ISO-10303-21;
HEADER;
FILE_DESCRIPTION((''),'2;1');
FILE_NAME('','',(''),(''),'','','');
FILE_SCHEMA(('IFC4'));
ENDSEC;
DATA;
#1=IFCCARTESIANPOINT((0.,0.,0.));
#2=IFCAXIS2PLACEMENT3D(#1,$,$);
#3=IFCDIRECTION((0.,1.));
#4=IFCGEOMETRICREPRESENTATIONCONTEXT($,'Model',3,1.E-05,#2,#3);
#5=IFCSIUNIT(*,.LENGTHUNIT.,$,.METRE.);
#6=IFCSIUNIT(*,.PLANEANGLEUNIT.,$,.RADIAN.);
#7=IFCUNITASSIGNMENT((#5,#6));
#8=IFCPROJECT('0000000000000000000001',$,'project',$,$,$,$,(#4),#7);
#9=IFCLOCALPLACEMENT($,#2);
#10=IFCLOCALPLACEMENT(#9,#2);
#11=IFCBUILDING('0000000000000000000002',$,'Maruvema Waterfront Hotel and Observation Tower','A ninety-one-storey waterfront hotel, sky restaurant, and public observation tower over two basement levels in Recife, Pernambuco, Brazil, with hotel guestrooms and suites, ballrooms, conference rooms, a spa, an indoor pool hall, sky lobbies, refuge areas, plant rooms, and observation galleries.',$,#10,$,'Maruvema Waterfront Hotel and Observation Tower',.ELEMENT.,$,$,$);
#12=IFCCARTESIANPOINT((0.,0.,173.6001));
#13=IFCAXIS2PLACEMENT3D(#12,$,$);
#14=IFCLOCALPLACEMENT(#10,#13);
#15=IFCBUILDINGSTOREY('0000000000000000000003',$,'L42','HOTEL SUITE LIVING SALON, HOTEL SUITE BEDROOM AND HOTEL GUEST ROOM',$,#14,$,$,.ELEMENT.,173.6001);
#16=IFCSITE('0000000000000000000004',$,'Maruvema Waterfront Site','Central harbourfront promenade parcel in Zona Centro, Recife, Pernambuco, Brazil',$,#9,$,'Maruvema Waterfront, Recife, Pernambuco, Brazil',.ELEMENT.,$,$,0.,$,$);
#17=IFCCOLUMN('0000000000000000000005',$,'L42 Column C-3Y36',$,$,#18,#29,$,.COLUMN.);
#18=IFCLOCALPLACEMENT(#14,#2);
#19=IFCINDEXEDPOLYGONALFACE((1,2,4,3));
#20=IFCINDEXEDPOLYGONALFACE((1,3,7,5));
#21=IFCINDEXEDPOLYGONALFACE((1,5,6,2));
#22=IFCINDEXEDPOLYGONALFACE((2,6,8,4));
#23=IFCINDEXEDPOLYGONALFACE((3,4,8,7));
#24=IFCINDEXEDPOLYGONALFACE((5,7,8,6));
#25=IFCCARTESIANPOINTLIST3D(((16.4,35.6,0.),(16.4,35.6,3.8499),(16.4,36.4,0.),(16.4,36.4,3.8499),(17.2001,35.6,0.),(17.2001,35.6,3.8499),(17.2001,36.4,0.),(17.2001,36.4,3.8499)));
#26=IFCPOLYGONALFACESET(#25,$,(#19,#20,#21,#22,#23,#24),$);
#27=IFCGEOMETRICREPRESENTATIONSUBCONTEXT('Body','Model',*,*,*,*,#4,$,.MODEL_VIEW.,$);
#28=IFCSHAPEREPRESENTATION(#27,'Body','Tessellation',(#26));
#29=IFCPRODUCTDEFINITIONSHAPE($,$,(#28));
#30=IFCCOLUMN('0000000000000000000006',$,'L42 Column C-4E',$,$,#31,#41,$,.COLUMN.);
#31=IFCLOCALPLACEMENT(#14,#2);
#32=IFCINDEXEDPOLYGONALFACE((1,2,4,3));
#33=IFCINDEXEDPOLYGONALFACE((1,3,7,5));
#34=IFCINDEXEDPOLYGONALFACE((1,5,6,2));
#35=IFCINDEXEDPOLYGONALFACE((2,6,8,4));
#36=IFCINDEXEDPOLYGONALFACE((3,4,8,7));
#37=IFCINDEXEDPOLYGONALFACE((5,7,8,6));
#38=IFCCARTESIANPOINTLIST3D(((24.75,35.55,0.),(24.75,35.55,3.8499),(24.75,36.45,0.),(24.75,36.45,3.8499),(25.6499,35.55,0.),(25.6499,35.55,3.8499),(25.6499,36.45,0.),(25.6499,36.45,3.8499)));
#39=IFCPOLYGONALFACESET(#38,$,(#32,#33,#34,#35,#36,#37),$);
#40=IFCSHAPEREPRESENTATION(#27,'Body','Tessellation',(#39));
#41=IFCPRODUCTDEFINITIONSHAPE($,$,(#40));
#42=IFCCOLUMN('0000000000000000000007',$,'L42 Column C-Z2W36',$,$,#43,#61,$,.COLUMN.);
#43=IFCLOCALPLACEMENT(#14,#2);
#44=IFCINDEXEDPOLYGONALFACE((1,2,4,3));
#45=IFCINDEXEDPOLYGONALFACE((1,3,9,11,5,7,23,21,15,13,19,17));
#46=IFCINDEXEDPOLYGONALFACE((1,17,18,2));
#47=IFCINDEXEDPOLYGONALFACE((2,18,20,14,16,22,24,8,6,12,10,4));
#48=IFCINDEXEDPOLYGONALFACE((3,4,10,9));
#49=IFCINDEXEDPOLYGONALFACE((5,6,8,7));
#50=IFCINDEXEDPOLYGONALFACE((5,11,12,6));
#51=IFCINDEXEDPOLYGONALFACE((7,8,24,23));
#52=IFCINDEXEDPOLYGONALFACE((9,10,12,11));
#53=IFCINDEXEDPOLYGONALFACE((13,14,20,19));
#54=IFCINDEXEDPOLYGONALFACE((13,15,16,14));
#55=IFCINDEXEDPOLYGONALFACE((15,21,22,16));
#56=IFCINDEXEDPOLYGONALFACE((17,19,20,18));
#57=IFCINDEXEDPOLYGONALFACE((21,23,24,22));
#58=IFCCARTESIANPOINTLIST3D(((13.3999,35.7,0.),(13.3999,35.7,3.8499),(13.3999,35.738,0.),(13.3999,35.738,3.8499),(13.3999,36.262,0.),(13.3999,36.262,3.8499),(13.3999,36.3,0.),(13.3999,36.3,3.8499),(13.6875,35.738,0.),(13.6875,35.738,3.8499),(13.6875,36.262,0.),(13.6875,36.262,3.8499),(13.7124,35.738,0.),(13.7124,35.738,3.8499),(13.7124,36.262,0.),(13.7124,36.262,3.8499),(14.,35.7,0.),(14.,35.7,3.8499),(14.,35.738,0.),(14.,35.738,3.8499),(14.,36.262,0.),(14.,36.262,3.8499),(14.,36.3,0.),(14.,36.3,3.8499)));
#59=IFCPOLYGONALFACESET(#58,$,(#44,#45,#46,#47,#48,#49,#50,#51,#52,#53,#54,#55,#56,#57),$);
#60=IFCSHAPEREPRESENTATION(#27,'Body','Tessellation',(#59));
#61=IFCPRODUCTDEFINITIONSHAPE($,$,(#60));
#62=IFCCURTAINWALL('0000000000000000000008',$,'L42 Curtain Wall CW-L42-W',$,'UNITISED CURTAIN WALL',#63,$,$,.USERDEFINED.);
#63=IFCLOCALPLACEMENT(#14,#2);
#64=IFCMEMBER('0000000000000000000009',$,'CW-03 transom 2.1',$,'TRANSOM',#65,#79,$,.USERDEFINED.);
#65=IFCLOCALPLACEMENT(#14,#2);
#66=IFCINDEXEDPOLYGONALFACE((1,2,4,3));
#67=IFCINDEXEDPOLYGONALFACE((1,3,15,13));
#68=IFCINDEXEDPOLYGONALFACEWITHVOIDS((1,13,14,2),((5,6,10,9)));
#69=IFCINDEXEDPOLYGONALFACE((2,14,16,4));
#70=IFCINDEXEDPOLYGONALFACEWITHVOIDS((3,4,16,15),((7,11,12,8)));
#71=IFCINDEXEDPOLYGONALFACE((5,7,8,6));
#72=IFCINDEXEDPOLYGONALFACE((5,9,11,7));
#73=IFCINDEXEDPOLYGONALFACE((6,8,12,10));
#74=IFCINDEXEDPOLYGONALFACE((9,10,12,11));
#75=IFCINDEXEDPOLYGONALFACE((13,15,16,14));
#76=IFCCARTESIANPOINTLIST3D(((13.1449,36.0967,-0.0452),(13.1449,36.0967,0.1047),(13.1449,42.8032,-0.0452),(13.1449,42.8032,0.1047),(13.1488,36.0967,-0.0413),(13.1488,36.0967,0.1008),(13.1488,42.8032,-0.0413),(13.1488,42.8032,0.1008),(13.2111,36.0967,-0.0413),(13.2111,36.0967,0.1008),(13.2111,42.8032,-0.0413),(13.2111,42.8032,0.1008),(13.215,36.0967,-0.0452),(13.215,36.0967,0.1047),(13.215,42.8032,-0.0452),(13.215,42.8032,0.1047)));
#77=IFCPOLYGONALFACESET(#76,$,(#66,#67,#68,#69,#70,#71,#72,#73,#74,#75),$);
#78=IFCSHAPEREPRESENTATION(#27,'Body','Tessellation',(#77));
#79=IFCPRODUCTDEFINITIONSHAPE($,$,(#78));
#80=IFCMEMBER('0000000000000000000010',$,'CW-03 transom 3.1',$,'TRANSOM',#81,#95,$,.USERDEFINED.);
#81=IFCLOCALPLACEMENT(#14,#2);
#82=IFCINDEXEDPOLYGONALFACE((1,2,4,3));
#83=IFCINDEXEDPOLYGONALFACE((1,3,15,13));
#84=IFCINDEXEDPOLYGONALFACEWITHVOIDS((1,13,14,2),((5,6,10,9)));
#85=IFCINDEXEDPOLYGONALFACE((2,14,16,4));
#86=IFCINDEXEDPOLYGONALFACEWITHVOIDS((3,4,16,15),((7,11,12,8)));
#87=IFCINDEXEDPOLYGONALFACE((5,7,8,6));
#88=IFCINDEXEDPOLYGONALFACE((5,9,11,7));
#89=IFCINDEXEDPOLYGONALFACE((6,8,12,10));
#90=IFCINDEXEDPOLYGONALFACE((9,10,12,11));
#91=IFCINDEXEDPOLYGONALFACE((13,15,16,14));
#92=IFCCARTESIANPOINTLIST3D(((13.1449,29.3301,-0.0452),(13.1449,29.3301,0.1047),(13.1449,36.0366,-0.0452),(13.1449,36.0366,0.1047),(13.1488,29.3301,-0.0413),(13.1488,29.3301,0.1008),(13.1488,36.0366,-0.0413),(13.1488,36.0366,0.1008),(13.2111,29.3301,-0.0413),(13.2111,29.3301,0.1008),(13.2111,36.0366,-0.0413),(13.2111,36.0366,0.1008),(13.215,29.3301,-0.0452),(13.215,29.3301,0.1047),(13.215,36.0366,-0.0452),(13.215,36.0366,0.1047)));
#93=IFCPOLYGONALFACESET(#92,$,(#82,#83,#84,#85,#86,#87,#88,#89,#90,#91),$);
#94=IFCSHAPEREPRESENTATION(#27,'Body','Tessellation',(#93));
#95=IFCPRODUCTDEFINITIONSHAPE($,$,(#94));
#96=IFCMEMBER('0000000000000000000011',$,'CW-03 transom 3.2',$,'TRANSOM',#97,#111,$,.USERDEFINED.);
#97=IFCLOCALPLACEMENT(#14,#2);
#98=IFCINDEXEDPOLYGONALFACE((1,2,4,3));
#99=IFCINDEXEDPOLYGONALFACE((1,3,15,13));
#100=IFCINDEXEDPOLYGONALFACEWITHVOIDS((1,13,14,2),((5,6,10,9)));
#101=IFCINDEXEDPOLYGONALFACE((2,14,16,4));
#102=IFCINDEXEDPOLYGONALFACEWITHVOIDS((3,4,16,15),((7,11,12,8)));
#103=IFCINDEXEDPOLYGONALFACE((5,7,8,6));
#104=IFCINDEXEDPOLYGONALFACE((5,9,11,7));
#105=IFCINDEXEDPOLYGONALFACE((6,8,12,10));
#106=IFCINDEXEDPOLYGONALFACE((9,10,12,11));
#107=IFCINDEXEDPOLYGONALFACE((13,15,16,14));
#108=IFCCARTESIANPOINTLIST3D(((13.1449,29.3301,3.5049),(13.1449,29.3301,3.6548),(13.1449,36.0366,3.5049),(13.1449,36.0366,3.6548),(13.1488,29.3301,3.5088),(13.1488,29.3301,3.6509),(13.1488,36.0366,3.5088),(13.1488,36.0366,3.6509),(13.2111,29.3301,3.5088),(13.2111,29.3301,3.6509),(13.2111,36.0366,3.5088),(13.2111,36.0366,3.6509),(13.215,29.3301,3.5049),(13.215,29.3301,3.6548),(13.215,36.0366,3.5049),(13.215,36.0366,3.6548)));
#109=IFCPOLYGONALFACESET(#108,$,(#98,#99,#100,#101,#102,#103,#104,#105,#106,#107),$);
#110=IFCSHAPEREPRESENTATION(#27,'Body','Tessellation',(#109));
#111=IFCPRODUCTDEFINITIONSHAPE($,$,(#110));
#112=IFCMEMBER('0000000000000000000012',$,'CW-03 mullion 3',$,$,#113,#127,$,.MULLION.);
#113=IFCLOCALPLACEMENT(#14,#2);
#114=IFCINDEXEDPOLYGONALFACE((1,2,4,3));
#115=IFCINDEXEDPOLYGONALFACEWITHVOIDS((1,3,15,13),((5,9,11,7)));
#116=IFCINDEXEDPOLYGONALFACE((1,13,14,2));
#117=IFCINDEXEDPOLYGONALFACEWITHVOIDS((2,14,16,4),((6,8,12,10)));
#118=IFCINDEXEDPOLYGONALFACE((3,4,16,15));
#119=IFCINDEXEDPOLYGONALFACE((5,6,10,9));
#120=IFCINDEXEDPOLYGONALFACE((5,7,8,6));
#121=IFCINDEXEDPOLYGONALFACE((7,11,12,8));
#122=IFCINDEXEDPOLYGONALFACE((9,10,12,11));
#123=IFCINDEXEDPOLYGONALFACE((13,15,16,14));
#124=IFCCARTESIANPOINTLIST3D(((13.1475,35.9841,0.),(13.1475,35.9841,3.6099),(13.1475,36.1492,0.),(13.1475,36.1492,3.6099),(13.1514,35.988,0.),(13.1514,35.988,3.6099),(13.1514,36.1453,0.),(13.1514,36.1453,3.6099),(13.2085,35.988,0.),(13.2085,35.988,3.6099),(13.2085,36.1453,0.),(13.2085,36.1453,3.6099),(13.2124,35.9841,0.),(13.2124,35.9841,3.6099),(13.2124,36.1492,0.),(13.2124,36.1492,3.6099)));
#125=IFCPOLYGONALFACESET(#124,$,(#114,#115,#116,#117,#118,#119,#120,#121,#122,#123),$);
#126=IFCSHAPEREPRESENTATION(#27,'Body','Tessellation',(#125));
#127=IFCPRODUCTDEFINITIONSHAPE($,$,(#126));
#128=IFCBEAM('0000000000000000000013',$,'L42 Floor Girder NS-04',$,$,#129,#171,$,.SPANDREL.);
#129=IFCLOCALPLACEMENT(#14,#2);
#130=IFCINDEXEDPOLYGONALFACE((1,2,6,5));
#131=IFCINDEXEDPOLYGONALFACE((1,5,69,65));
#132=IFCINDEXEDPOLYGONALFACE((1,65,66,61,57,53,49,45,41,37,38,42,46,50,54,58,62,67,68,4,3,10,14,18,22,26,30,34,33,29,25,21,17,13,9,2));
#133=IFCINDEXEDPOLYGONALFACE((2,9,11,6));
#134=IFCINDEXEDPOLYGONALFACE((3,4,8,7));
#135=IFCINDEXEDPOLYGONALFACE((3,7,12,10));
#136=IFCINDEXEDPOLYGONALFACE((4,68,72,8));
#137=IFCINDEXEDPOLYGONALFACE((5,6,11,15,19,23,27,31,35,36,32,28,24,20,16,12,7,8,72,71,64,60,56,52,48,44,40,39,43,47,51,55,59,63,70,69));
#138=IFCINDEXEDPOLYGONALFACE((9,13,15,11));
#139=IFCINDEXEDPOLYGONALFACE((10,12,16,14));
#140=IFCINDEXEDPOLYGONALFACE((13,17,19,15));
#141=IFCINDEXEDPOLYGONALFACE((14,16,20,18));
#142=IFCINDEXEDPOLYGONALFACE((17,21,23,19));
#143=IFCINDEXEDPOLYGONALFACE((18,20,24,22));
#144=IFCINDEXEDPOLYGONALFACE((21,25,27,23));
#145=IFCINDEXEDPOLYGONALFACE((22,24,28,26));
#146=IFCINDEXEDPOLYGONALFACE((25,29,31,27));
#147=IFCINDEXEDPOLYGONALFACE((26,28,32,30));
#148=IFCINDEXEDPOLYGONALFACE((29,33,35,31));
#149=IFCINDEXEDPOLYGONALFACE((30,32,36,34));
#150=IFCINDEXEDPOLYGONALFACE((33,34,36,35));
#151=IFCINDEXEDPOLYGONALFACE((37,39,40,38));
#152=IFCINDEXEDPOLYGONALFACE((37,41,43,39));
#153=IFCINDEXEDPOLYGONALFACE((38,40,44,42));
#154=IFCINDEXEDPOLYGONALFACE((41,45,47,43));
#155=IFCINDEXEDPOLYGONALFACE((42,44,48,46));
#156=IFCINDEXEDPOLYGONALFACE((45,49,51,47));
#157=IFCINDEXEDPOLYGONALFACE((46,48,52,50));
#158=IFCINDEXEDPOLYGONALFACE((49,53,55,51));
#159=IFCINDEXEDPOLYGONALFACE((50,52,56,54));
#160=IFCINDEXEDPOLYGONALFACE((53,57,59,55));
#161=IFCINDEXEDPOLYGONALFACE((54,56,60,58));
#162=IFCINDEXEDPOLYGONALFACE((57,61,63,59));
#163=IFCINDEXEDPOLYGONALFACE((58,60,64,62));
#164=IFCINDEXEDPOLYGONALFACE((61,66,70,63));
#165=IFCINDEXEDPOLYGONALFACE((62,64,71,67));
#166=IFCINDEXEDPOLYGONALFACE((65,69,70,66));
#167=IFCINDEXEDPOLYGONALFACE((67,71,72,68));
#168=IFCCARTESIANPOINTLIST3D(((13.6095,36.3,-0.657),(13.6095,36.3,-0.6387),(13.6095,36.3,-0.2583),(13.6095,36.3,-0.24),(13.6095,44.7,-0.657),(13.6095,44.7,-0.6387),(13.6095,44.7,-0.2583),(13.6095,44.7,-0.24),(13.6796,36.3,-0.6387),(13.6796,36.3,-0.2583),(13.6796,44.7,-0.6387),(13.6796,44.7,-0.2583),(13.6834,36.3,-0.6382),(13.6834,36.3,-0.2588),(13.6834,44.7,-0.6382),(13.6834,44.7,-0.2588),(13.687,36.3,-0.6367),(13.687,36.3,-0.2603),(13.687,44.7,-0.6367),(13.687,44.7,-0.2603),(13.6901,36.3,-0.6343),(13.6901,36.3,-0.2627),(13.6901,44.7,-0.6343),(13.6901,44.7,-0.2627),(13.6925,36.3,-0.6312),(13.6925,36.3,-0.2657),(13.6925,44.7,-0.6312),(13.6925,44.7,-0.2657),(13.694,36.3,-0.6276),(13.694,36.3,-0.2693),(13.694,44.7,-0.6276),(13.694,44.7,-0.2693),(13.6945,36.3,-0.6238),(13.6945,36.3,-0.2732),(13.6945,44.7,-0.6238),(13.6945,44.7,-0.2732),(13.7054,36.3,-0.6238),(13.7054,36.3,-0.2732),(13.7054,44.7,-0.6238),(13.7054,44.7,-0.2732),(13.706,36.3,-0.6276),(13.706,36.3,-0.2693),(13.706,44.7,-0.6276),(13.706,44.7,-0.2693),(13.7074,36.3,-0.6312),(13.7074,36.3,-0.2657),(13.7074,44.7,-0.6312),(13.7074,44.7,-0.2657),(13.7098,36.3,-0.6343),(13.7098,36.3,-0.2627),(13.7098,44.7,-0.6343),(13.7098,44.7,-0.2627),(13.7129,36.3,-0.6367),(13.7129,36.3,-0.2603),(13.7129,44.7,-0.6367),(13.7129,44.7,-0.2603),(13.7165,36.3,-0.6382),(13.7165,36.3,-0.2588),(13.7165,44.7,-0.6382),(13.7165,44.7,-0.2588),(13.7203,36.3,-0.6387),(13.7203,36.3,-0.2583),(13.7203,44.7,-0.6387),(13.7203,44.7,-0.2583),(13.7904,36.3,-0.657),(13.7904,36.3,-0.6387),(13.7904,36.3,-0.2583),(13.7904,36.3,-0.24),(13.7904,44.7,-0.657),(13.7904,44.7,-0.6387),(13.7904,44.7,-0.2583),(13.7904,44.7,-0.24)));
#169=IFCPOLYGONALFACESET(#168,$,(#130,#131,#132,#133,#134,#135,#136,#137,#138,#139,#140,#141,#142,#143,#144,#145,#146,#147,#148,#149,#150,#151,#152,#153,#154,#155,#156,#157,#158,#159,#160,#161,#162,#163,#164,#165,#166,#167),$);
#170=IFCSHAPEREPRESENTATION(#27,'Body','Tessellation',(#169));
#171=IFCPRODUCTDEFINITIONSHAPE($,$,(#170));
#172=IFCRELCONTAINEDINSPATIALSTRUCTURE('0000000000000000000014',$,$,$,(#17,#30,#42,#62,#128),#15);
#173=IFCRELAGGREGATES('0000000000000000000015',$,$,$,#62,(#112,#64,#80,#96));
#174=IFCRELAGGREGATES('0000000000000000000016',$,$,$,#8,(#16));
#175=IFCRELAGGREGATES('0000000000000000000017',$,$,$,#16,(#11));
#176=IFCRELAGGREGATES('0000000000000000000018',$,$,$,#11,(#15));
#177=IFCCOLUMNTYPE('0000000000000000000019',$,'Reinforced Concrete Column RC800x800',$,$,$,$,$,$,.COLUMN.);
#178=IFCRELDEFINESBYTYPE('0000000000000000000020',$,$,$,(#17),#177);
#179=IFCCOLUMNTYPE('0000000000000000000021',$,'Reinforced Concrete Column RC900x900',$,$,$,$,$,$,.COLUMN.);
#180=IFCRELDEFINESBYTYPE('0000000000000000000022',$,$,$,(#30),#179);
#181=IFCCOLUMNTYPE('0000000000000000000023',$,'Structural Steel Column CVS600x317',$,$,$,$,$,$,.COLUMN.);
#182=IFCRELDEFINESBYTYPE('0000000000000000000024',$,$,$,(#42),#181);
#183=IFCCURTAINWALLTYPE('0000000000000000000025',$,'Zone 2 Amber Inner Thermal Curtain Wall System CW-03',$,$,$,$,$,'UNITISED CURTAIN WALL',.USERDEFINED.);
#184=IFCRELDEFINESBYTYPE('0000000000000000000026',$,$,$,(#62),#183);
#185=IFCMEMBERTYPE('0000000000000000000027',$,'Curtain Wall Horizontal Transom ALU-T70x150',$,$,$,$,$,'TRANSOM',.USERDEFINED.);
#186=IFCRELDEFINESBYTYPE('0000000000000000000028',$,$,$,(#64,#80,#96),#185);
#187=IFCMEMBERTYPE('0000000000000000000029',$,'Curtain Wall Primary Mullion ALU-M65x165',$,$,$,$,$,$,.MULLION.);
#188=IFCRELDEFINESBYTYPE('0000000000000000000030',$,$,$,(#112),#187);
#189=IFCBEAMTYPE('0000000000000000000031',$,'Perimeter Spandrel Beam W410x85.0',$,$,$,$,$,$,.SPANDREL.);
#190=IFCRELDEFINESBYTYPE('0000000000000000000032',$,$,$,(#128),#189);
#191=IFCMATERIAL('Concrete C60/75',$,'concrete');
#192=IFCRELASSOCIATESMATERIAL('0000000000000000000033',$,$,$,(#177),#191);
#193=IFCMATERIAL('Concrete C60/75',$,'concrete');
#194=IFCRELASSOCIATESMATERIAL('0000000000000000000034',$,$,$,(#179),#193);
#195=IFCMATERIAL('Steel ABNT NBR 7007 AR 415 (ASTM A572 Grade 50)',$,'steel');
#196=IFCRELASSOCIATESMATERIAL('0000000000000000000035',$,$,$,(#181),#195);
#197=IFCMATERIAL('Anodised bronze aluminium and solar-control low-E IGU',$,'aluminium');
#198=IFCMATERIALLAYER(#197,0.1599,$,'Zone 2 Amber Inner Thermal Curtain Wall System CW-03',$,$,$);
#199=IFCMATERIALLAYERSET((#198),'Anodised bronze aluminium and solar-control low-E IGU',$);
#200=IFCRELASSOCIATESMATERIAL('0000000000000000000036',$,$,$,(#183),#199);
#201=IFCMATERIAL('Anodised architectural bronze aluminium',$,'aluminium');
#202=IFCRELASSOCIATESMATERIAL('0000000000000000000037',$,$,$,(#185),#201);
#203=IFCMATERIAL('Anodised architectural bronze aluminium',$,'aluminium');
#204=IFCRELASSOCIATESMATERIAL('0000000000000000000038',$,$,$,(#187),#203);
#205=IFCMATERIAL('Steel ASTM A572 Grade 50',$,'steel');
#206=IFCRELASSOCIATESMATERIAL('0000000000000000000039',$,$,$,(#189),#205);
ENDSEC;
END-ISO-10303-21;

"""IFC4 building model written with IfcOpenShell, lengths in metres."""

from ifc_helpers import new_model, si_unit, direction, frame, origin, origin_2d, place, context, subcontext, project, spatial, rectangle, hollow_rectangle, i_section, extrude, material, layer, layer_set, material_profile, profile_set, type_object, element, aggregate, save


model = new_model("IFC4")

# Units and contexts
model_context = context("Model", 3, precision=1e-05, world=origin(), true_north=direction((0.0, 1.0)))
body_context = subcontext(model_context, "Body", "Model", "MODEL_VIEW")
ifc_project = project(units=[si_unit("LENGTHUNIT", "METRE"), si_unit("PLANEANGLEUNIT", "RADIAN")], contexts=[model_context])

# Site, building, storey
site_placement = place(None, origin())
site = spatial("IfcSite", under=ifc_project, at=site_placement, Name="Maruvema Waterfront Site", Description="Central harbourfront promenade parcel in Zona Centro, Recife, Pernambuco, Brazil", LongName="Maruvema Waterfront, Recife, Pernambuco, Brazil", CompositionType="ELEMENT", RefElevation=0.0)
building_placement = place(site_placement, origin())
building = spatial("IfcBuilding", under=site, at=building_placement, Name="Maruvema Waterfront Hotel and Observation Tower", Description="A ninety-one-storey waterfront hotel, sky restaurant, and public observation tower over two basement levels in Recife, Pernambuco, Brazil, with hotel guestrooms and suites, ballrooms, conference rooms, a spa, an indoor pool hall, sky lobbies, refuge areas, plant rooms, and observation galleries.", LongName="Maruvema Waterfront Hotel and Observation Tower", CompositionType="ELEMENT")
storey_placement = place(building_placement, frame((0.0, 0.0, 173.6001)))
storey = spatial("IfcBuildingStorey", under=building, at=storey_placement, Name="L42", Description="HOTEL SUITE LIVING SALON, HOTEL SUITE BEDROOM AND HOTEL GUEST ROOM", CompositionType="ELEMENT", Elevation=173.6001)

# Columns
ifc_material_1 = material(Name="Concrete C60/75", Category="concrete")
ifc_material_profile_1 = material_profile(ifc_material_1, rectangle(XDim=0.8, YDim=0.8, at=origin_2d()), Name="RC800x800")
ifc_profile_set_1 = profile_set([ifc_material_profile_1], Name="Concrete C60/75")
column_type_1 = type_object("IfcColumnType", Name="Reinforced Concrete Column RC800x800", PredefinedType="COLUMN", material=ifc_profile_set_1)
column_1_placement = place(storey_placement, frame((16.8, 36.0, 0.0), z_axis=(0.0, 0.0, 1.0), x_axis=(1.0, 0.0, 0.0)))
element("IfcColumn", 1, at=column_1_placement, inside=storey, type_object=column_type_1, Name="L42 Column C-3Y36", PredefinedType="COLUMN", context=body_context, shape_type="SweptSolid", body=[
    extrude(rectangle(XDim=0.8, YDim=0.8, at=origin_2d()), origin(), (0.0, 0.0, 1.0), 3.8499),
])
ifc_material_2 = material(Name="Concrete C60/75", Category="concrete")
ifc_material_profile_2 = material_profile(ifc_material_2, rectangle(XDim=0.8999, YDim=0.8999, at=origin_2d()), Name="RC900x900")
ifc_profile_set_2 = profile_set([ifc_material_profile_2], Name="Concrete C60/75")
column_type_2 = type_object("IfcColumnType", Name="Reinforced Concrete Column RC900x900", PredefinedType="COLUMN", material=ifc_profile_set_2)
column_2_placement = place(storey_placement, frame((25.2, 36.0, 0.0), z_axis=(0.0, 0.0, 1.0), x_axis=(1.0, 0.0, 0.0)))
element("IfcColumn", 2, at=column_2_placement, inside=storey, type_object=column_type_2, Name="L42 Column C-4E", PredefinedType="COLUMN", context=body_context, shape_type="SweptSolid", body=[
    extrude(rectangle(XDim=0.8999, YDim=0.8999, at=origin_2d()), origin(), (0.0, 0.0, 1.0), 3.8499),
])
ifc_material_3 = material(Name="Steel ABNT NBR 7007 AR 415 (ASTM A572 Grade 50)", Category="steel")
ifc_material_profile_3 = material_profile(ifc_material_3, i_section(OverallWidth=0.6001, OverallDepth=0.6001, WebThickness=0.0249, FlangeThickness=0.0381, at=origin_2d()), Name="CVS600x317")
ifc_profile_set_3 = profile_set([ifc_material_profile_3], Name="Steel ABNT NBR 7007 AR 415 (ASTM A572 Grade 50)")
column_type_3 = type_object("IfcColumnType", Name="Structural Steel Column CVS600x317", PredefinedType="COLUMN", material=ifc_profile_set_3)
column_3_placement = place(storey_placement, frame((13.7, 36.0, 0.0), z_axis=(0.0, 0.0, 1.0), x_axis=(1.0, 0.0, 0.0)))
element("IfcColumn", 3, at=column_3_placement, inside=storey, type_object=column_type_3, Name="L42 Column C-Z2W36", PredefinedType="COLUMN", context=body_context, shape_type="SweptSolid", body=[
    extrude(i_section(OverallWidth=0.6001, OverallDepth=0.6001, WebThickness=0.0249, FlangeThickness=0.0381, at=origin_2d()), origin(), (0.0, 0.0, 1.0), 3.8499),
])

# Curtain wall, members
ifc_material_4 = material(Name="Anodised bronze aluminium and solar-control low-E IGU", Category="aluminium")
ifc_layer_1 = layer(ifc_material_4, 0.1599, Name="Zone 2 Amber Inner Thermal Curtain Wall System CW-03")
ifc_layer_set_1 = layer_set([ifc_layer_1], Name="Anodised bronze aluminium and solar-control low-E IGU")
curtain_wall_type = type_object("IfcCurtainWallType", Name="Zone 2 Amber Inner Thermal Curtain Wall System CW-03", ElementType="UNITISED CURTAIN WALL", PredefinedType="USERDEFINED", material=ifc_layer_set_1)
curtain_wall_placement = place(storey_placement, origin())
curtain_wall = element("IfcCurtainWall", 4, at=curtain_wall_placement, inside=storey, type_object=curtain_wall_type, Name="L42 Curtain Wall CW-L42-W", ObjectType="UNITISED CURTAIN WALL", PredefinedType="USERDEFINED")
ifc_material_5 = material(Name="Anodised architectural bronze aluminium", Category="aluminium")
ifc_material_profile_4 = material_profile(ifc_material_5, hollow_rectangle(XDim=0.0701, YDim=0.1499, WallThickness=0.0039, at=origin_2d()), Name="ALU-T70x150")
ifc_profile_set_4 = profile_set([ifc_material_profile_4], Name="Anodised architectural bronze aluminium")
member_type_1 = type_object("IfcMemberType", Name="Curtain Wall Horizontal Transom ALU-T70x150", ElementType="TRANSOM", PredefinedType="USERDEFINED", material=ifc_profile_set_4)
member_1_placement = place(storey_placement, frame((13.1799, 42.8032, 0.0298), z_axis=(0.0, -1.0, 0.0), x_axis=(1.0, 0.0, 0.0)))
member_1 = element("IfcMember", 5, at=member_1_placement, type_object=member_type_1, Name="CW-03 transom 2.1", ObjectType="TRANSOM", PredefinedType="USERDEFINED", context=body_context, shape_type="SweptSolid", body=[
    extrude(hollow_rectangle(XDim=0.0701, YDim=0.1499, WallThickness=0.0039, at=origin_2d()), origin(), (0.0, 0.0, 1.0), 6.7065),
])
member_2_placement = place(storey_placement, frame((13.1799, 36.0366, 0.0298), z_axis=(0.0, -1.0, 0.0), x_axis=(1.0, 0.0, 0.0)))
member_2 = element("IfcMember", 6, at=member_2_placement, type_object=member_type_1, Name="CW-03 transom 3.1", ObjectType="TRANSOM", PredefinedType="USERDEFINED", context=body_context, shape_type="SweptSolid", body=[
    extrude(hollow_rectangle(XDim=0.0701, YDim=0.1499, WallThickness=0.0039, at=origin_2d()), origin(), (0.0, 0.0, 1.0), 6.7065),
])
member_3_placement = place(storey_placement, frame((13.1799, 36.0366, 3.5798), z_axis=(0.0, -1.0, 0.0), x_axis=(1.0, 0.0, 0.0)))
member_3 = element("IfcMember", 7, at=member_3_placement, type_object=member_type_1, Name="CW-03 transom 3.2", ObjectType="TRANSOM", PredefinedType="USERDEFINED", context=body_context, shape_type="SweptSolid", body=[
    extrude(hollow_rectangle(XDim=0.0701, YDim=0.1499, WallThickness=0.0039, at=origin_2d()), origin(), (0.0, 0.0, 1.0), 6.7065),
])
ifc_material_6 = material(Name="Anodised architectural bronze aluminium", Category="aluminium")
ifc_material_profile_5 = material_profile(ifc_material_6, hollow_rectangle(XDim=0.0649, YDim=0.165, WallThickness=0.0039, at=origin_2d()), Name="ALU-M65x165")
ifc_profile_set_5 = profile_set([ifc_material_profile_5], Name="Anodised architectural bronze aluminium")
member_type_2 = type_object("IfcMemberType", Name="Curtain Wall Primary Mullion ALU-M65x165", PredefinedType="MULLION", material=ifc_profile_set_5)
member_4_placement = place(storey_placement, frame((13.1799, 36.0667, 0.0), z_axis=(0.0, 0.0, 1.0), x_axis=(1.0, 0.0, 0.0)))
member_4 = element("IfcMember", 8, at=member_4_placement, type_object=member_type_2, Name="CW-03 mullion 3", PredefinedType="MULLION", context=body_context, shape_type="SweptSolid", body=[
    extrude(hollow_rectangle(XDim=0.0649, YDim=0.165, WallThickness=0.0039, at=origin_2d()), origin(), (0.0, 0.0, 1.0), 3.6099),
])

# Beam
ifc_material_7 = material(Name="Steel ASTM A572 Grade 50", Category="steel")
ifc_material_profile_6 = material_profile(ifc_material_7, i_section(OverallWidth=0.1809, OverallDepth=0.417, WebThickness=0.011, FlangeThickness=0.0183, FilletRadius=0.0149, at=origin_2d()), Name="W410x85.0")
ifc_profile_set_6 = profile_set([ifc_material_profile_6], Name="Steel ASTM A572 Grade 50")
beam_type_1 = type_object("IfcBeamType", Name="Perimeter Spandrel Beam W410x85.0", PredefinedType="SPANDREL", material=ifc_profile_set_6)
beam_1_placement = place(storey_placement, frame((13.7, 36.3, -0.4485), z_axis=(0.0, 1.0, 0.0), x_axis=(-1.0, 0.0, 0.0)))
element("IfcBeam", 9, at=beam_1_placement, inside=storey, type_object=beam_type_1, Name="L42 Floor Girder NS-04", PredefinedType="SPANDREL", context=body_context, shape_type="SweptSolid", body=[
    extrude(i_section(OverallWidth=0.1809, OverallDepth=0.417, WebThickness=0.011, FlangeThickness=0.0183, FilletRadius=0.0149, at=origin_2d()), origin(), (0.0, 0.0, 1.0), 8.3999),
])

aggregate(curtain_wall, [member_4, member_1, member_2, member_3])

save(model, "model.ifc")
